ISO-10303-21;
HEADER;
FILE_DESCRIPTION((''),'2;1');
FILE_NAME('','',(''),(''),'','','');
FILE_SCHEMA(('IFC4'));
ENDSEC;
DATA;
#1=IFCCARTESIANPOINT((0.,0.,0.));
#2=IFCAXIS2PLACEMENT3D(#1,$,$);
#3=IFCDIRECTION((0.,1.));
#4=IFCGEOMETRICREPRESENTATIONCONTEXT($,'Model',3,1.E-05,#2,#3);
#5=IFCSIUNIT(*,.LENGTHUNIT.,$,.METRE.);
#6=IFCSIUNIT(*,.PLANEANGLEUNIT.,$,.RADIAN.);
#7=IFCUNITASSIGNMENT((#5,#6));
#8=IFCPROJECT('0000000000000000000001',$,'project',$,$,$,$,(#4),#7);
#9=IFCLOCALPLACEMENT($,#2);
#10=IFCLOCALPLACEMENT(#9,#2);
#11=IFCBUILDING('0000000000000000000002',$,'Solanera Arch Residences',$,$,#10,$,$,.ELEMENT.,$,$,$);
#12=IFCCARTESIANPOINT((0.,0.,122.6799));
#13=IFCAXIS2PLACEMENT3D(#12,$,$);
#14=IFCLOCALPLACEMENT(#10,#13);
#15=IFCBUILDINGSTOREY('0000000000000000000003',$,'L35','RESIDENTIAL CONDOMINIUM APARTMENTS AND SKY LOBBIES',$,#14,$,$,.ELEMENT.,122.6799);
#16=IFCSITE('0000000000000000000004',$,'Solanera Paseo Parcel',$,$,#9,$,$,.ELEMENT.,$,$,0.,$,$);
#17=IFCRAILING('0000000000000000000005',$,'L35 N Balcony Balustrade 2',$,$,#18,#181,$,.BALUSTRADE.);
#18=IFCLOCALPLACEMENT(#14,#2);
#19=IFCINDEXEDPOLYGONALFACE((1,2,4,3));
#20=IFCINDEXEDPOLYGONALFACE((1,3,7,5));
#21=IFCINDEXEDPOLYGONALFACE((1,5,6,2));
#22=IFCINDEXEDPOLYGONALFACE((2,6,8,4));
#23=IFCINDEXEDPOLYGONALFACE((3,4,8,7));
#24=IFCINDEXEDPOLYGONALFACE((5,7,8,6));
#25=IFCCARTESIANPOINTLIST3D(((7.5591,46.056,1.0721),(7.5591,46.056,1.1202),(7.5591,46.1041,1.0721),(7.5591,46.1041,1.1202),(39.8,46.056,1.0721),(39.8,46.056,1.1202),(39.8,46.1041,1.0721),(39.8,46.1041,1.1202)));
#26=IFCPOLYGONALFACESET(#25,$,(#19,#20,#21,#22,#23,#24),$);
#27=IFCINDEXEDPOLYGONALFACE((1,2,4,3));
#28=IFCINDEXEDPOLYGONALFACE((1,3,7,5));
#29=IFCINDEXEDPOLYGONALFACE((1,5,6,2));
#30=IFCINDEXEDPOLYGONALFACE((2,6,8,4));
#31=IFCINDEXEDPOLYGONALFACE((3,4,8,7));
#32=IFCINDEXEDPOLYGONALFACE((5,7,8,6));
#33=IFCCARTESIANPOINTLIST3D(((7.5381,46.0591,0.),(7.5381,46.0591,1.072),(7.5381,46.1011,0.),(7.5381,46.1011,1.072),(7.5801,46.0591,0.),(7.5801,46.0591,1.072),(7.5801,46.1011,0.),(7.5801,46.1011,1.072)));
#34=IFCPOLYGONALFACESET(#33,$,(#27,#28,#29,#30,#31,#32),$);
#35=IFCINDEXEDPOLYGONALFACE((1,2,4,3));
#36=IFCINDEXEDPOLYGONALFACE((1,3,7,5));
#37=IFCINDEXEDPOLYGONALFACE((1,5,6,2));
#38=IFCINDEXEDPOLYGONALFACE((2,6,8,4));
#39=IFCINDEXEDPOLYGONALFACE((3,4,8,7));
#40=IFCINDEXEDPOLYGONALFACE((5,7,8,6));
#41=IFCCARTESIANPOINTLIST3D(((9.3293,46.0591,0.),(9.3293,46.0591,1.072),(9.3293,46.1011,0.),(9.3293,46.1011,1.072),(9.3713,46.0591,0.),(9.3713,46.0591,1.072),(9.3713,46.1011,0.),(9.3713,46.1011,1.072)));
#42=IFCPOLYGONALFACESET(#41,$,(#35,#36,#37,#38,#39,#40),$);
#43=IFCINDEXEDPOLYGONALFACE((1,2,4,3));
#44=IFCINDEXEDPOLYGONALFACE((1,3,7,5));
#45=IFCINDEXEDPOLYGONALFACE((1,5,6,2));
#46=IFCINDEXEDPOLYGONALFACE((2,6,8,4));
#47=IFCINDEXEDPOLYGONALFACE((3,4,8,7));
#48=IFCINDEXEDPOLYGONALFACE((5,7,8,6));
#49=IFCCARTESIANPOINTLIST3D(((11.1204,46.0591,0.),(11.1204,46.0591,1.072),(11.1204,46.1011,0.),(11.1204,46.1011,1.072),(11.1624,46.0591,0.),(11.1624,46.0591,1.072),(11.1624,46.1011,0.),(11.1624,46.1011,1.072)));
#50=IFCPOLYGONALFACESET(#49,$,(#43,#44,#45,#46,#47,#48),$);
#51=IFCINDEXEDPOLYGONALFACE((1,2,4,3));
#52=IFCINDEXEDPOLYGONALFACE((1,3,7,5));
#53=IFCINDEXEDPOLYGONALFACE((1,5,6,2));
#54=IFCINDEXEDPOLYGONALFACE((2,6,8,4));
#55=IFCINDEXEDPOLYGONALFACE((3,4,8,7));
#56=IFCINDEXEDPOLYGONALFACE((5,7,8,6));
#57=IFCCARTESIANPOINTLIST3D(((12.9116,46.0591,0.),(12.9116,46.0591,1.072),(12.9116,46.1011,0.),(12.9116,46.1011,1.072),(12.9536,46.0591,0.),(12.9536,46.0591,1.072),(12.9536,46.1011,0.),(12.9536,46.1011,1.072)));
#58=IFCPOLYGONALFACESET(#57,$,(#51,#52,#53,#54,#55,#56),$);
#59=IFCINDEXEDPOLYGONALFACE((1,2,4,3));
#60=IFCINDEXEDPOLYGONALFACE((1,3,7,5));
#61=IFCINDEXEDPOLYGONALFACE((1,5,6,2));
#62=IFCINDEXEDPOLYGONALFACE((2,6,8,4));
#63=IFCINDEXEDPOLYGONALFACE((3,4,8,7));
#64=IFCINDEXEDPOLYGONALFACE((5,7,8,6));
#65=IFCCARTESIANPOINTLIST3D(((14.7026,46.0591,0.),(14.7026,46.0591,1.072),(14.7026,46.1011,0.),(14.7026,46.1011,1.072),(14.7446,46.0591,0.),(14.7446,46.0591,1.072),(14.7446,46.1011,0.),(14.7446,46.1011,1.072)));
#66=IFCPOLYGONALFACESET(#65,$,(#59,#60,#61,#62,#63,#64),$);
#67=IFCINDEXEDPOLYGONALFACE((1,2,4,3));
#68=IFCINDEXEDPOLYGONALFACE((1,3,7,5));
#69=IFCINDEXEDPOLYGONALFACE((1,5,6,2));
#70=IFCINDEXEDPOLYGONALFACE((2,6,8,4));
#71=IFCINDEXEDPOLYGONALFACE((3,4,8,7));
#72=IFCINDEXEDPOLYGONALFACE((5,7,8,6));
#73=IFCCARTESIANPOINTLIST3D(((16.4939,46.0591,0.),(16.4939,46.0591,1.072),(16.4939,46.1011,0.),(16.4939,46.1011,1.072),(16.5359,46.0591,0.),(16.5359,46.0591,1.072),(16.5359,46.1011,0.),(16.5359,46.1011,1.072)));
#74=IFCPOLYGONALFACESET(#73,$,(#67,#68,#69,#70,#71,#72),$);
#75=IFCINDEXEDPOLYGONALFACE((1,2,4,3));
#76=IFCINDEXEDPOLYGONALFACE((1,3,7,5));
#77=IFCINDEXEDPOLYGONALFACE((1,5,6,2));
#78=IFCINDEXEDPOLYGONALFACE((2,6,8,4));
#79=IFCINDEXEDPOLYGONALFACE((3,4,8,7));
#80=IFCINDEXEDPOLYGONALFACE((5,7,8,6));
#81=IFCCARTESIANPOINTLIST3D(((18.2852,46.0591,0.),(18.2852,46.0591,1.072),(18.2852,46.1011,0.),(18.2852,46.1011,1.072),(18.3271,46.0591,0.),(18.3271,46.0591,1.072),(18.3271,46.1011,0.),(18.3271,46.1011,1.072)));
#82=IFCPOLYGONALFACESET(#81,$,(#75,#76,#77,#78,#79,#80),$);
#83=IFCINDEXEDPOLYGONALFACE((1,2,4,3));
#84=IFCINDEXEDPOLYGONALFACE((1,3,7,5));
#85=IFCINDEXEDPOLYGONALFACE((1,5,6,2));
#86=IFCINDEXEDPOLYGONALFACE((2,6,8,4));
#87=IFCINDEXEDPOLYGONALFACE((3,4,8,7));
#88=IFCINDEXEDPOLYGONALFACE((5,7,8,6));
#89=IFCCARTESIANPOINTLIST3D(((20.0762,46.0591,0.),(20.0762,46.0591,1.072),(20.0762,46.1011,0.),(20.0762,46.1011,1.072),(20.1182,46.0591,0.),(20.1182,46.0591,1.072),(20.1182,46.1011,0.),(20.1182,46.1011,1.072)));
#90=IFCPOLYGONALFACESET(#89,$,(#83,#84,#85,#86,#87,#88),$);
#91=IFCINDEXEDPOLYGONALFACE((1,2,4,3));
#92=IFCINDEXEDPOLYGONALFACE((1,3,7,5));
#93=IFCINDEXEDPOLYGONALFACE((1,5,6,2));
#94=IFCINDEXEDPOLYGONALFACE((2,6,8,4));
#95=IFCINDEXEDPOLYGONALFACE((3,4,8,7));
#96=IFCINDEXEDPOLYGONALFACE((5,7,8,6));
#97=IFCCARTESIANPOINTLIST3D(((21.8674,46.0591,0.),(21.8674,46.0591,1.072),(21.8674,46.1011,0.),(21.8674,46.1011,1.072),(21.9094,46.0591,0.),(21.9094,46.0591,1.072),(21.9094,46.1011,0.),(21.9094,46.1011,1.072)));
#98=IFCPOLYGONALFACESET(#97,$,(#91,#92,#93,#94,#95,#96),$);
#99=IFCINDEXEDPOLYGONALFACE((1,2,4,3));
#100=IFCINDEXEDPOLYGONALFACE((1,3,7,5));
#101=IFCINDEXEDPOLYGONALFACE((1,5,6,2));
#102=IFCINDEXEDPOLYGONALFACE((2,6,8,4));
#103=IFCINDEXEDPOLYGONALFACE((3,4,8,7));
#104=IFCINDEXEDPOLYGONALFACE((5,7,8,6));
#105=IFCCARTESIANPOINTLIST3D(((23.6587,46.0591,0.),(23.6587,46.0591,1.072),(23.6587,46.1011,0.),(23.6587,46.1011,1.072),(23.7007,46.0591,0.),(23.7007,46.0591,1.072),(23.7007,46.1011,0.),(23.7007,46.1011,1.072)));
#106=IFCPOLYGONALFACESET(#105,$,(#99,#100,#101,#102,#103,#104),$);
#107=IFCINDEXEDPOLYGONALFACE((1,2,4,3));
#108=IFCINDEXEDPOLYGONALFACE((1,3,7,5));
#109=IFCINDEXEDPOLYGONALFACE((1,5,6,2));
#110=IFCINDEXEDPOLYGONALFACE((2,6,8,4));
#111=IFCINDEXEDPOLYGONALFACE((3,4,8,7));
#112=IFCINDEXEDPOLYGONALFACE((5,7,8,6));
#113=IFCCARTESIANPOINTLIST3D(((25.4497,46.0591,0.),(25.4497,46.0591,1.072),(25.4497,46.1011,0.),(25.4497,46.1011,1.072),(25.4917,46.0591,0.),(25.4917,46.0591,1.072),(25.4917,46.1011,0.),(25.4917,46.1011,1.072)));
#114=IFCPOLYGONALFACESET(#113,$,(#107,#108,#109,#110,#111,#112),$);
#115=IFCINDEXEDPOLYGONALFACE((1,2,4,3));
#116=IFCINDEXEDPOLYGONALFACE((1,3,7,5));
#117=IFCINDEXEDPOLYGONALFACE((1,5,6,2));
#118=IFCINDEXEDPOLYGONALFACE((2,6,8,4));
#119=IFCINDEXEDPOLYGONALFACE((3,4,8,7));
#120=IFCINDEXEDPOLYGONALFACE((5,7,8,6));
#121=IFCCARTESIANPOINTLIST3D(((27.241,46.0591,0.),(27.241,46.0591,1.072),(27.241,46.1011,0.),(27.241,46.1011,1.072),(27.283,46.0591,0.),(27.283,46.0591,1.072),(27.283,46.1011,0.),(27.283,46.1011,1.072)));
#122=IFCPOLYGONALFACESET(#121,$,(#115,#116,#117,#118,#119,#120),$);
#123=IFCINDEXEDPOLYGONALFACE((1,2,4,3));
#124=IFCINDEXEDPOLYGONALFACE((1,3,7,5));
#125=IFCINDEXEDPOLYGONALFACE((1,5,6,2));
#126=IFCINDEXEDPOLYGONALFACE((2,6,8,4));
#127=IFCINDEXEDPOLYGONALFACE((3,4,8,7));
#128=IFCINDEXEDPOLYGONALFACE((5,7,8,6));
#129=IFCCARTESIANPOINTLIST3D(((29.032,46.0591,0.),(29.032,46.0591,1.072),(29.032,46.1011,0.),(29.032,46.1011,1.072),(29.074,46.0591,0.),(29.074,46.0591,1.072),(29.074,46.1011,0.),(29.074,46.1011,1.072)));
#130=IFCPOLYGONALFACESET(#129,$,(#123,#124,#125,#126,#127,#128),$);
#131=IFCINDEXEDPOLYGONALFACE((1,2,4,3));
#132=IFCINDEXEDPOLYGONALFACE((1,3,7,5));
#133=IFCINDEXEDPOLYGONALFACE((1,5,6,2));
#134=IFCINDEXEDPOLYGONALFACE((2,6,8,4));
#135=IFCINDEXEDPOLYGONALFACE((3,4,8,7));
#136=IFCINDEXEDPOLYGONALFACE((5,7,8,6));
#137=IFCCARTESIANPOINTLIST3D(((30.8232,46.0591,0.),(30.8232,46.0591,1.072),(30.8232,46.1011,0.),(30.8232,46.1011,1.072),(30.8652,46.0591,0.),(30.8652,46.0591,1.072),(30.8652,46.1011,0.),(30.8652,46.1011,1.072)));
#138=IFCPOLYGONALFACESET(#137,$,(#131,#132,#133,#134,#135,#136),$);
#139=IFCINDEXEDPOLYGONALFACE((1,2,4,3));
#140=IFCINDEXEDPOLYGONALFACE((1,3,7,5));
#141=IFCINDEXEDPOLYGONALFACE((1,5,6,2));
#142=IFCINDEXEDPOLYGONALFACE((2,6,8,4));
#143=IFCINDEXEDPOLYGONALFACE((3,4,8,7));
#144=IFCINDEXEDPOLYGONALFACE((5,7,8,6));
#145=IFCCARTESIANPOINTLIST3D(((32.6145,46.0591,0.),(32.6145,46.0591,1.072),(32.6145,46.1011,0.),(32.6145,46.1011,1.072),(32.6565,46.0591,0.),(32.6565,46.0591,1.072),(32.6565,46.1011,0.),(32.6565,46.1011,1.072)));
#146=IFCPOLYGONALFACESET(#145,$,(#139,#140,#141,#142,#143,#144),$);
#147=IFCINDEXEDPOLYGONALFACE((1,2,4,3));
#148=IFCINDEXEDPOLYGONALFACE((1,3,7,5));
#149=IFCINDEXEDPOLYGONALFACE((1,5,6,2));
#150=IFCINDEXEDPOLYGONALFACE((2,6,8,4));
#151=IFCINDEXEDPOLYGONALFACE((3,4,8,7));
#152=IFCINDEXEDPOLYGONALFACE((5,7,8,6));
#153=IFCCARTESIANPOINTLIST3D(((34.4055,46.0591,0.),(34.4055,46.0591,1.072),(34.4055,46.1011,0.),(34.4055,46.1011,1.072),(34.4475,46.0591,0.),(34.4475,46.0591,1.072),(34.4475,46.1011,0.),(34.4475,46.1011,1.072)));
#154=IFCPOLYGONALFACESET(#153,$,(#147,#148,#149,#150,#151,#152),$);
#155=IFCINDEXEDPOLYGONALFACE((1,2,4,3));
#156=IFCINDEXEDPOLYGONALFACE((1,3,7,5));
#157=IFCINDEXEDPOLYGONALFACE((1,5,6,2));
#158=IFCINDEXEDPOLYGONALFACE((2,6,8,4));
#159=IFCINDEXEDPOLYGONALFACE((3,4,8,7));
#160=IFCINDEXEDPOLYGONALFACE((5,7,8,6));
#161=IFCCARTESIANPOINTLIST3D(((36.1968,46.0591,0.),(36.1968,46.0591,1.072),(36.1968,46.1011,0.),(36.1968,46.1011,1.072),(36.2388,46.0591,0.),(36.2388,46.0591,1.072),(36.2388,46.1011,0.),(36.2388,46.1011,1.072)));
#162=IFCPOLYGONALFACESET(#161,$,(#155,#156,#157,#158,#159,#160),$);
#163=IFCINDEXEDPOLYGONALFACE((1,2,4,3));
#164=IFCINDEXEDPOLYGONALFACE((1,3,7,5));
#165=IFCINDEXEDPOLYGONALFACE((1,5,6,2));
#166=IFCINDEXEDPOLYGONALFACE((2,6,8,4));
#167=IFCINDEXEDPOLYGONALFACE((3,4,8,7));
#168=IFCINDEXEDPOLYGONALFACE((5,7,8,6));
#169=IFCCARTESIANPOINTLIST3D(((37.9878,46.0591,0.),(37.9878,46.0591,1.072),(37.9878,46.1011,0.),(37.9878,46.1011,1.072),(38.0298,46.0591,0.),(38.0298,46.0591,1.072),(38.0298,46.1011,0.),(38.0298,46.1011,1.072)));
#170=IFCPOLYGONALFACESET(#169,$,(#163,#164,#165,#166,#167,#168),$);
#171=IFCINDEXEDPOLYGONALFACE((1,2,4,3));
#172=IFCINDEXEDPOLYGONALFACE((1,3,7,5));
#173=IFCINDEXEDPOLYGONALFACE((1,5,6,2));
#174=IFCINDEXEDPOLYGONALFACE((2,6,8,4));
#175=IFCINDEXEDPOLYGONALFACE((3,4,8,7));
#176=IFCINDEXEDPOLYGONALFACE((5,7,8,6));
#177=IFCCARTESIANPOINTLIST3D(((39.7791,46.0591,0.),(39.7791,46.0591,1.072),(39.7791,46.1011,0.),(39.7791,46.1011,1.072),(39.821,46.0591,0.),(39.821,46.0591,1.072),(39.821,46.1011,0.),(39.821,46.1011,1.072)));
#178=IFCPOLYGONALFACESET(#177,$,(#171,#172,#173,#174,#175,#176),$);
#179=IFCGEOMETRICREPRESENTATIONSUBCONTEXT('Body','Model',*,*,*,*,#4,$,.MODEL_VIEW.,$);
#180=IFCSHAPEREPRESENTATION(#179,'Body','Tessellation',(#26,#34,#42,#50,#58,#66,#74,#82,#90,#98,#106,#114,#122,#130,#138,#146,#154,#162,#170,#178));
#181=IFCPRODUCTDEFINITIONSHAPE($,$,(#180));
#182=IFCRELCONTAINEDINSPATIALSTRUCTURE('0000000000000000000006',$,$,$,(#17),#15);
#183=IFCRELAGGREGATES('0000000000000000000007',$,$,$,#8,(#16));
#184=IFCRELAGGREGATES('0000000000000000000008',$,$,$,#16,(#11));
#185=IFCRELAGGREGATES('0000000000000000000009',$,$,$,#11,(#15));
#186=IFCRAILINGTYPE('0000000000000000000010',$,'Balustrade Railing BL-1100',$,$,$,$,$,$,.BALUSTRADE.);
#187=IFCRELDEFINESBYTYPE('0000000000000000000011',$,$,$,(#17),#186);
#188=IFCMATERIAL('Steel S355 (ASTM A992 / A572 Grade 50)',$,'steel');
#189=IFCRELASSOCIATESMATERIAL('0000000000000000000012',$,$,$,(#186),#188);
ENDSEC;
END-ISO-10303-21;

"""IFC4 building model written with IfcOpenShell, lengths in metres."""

from ifc_helpers import new_model, si_unit, direction, frame, origin, origin_2d, place, context, subcontext, project, spatial, rectangle, extrude, material, type_object, element, save


model = new_model("IFC4")

# Units and contexts
model_context = context("Model", 3, precision=1e-05, world=origin(), true_north=direction((0.0, 1.0)))
body_context = subcontext(model_context, "Body", "Model", "MODEL_VIEW")
ifc_project = project(units=[si_unit("LENGTHUNIT", "METRE"), si_unit("PLANEANGLEUNIT", "RADIAN")], contexts=[model_context])

# Site, building, storey
site_placement = place(None, origin())
site = spatial("IfcSite", under=ifc_project, at=site_placement, Name="Solanera Paseo Parcel", CompositionType="ELEMENT", RefElevation=0.0)
building_placement = place(site_placement, origin())
building = spatial("IfcBuilding", under=site, at=building_placement, Name="Solanera Arch Residences", CompositionType="ELEMENT")
storey_placement = place(building_placement, frame((0.0, 0.0, 122.6799)))
storey = spatial("IfcBuildingStorey", under=building, at=storey_placement, Name="L35", Description="RESIDENTIAL CONDOMINIUM APARTMENTS AND SKY LOBBIES", CompositionType="ELEMENT", Elevation=122.6799)

# Railing
ifc_material_1 = material(Name="Steel S355 (ASTM A992 / A572 Grade 50)", Category="steel")
railing_type = type_object("IfcRailingType", Name="Balustrade Railing BL-1100", PredefinedType="BALUSTRADE", material=ifc_material_1)
railing_placement = place(storey_placement, frame((7.5591, 46.0801, 0.0)))
element("IfcRailing", 1, at=railing_placement, inside=storey, type_object=railing_type, Name="L35 N Balcony Balustrade 2", PredefinedType="BALUSTRADE", context=body_context, shape_type="SweptSolid", body=[
    extrude(rectangle(XDim=0.0481, YDim=0.0481, at=origin_2d()), frame((0.0, 0.0, 1.0962), z_axis=(1.0, 0.0, 0.0), x_axis=(0.0, 1.0, 0.0)), (0.0, 0.0, 1.0), 32.241),
    extrude(rectangle(XDim=0.042, YDim=0.042, at=origin_2d()), origin(), (0.0, 0.0, 1.0), 1.072),
    extrude(rectangle(XDim=0.042, YDim=0.042, at=origin_2d()), frame((1.7913, 0.0, 0.0)), (0.0, 0.0, 1.0), 1.072),
    extrude(rectangle(XDim=0.042, YDim=0.042, at=origin_2d()), frame((3.5823, 0.0, 0.0)), (0.0, 0.0, 1.0), 1.072),
    extrude(rectangle(XDim=0.042, YDim=0.042, at=origin_2d()), frame((5.3735, 0.0, 0.0)), (0.0, 0.0, 1.0), 1.072),
    extrude(rectangle(XDim=0.042, YDim=0.042, at=origin_2d()), frame((7.1646, 0.0, 0.0)), (0.0, 0.0, 1.0), 1.072),
    extrude(rectangle(XDim=0.042, YDim=0.042, at=origin_2d()), frame((8.9558, 0.0, 0.0)), (0.0, 0.0, 1.0), 1.072),
    extrude(rectangle(XDim=0.042, YDim=0.042, at=origin_2d()), frame((10.7471, 0.0, 0.0)), (0.0, 0.0, 1.0), 1.072),
    extrude(rectangle(XDim=0.042, YDim=0.042, at=origin_2d()), frame((12.5381, 0.0, 0.0)), (0.0, 0.0, 1.0), 1.072),
    extrude(rectangle(XDim=0.042, YDim=0.042, at=origin_2d()), frame((14.3293, 0.0, 0.0)), (0.0, 0.0, 1.0), 1.072),
    extrude(rectangle(XDim=0.042, YDim=0.042, at=origin_2d()), frame((16.1206, 0.0, 0.0)), (0.0, 0.0, 1.0), 1.072),
    extrude(rectangle(XDim=0.042, YDim=0.042, at=origin_2d()), frame((17.9116, 0.0, 0.0)), (0.0, 0.0, 1.0), 1.072),
    extrude(rectangle(XDim=0.042, YDim=0.042, at=origin_2d()), frame((19.7029, 0.0, 0.0)), (0.0, 0.0, 1.0), 1.072),
    extrude(rectangle(XDim=0.042, YDim=0.042, at=origin_2d()), frame((21.4939, 0.0, 0.0)), (0.0, 0.0, 1.0), 1.072),
    extrude(rectangle(XDim=0.042, YDim=0.042, at=origin_2d()), frame((23.2852, 0.0, 0.0)), (0.0, 0.0, 1.0), 1.072),
    extrude(rectangle(XDim=0.042, YDim=0.042, at=origin_2d()), frame((25.0764, 0.0, 0.0)), (0.0, 0.0, 1.0), 1.072),
    extrude(rectangle(XDim=0.042, YDim=0.042, at=origin_2d()), frame((26.8674, 0.0, 0.0)), (0.0, 0.0, 1.0), 1.072),
    extrude(rectangle(XDim=0.042, YDim=0.042, at=origin_2d()), frame((28.6587, 0.0, 0.0)), (0.0, 0.0, 1.0), 1.072),
    extrude(rectangle(XDim=0.042, YDim=0.042, at=origin_2d()), frame((30.4497, 0.0, 0.0)), (0.0, 0.0, 1.0), 1.072),
    extrude(rectangle(XDim=0.042, YDim=0.042, at=origin_2d()), frame((32.241, 0.0, 0.0)), (0.0, 0.0, 1.0), 1.072),
])

save(model, "model.ifc")
